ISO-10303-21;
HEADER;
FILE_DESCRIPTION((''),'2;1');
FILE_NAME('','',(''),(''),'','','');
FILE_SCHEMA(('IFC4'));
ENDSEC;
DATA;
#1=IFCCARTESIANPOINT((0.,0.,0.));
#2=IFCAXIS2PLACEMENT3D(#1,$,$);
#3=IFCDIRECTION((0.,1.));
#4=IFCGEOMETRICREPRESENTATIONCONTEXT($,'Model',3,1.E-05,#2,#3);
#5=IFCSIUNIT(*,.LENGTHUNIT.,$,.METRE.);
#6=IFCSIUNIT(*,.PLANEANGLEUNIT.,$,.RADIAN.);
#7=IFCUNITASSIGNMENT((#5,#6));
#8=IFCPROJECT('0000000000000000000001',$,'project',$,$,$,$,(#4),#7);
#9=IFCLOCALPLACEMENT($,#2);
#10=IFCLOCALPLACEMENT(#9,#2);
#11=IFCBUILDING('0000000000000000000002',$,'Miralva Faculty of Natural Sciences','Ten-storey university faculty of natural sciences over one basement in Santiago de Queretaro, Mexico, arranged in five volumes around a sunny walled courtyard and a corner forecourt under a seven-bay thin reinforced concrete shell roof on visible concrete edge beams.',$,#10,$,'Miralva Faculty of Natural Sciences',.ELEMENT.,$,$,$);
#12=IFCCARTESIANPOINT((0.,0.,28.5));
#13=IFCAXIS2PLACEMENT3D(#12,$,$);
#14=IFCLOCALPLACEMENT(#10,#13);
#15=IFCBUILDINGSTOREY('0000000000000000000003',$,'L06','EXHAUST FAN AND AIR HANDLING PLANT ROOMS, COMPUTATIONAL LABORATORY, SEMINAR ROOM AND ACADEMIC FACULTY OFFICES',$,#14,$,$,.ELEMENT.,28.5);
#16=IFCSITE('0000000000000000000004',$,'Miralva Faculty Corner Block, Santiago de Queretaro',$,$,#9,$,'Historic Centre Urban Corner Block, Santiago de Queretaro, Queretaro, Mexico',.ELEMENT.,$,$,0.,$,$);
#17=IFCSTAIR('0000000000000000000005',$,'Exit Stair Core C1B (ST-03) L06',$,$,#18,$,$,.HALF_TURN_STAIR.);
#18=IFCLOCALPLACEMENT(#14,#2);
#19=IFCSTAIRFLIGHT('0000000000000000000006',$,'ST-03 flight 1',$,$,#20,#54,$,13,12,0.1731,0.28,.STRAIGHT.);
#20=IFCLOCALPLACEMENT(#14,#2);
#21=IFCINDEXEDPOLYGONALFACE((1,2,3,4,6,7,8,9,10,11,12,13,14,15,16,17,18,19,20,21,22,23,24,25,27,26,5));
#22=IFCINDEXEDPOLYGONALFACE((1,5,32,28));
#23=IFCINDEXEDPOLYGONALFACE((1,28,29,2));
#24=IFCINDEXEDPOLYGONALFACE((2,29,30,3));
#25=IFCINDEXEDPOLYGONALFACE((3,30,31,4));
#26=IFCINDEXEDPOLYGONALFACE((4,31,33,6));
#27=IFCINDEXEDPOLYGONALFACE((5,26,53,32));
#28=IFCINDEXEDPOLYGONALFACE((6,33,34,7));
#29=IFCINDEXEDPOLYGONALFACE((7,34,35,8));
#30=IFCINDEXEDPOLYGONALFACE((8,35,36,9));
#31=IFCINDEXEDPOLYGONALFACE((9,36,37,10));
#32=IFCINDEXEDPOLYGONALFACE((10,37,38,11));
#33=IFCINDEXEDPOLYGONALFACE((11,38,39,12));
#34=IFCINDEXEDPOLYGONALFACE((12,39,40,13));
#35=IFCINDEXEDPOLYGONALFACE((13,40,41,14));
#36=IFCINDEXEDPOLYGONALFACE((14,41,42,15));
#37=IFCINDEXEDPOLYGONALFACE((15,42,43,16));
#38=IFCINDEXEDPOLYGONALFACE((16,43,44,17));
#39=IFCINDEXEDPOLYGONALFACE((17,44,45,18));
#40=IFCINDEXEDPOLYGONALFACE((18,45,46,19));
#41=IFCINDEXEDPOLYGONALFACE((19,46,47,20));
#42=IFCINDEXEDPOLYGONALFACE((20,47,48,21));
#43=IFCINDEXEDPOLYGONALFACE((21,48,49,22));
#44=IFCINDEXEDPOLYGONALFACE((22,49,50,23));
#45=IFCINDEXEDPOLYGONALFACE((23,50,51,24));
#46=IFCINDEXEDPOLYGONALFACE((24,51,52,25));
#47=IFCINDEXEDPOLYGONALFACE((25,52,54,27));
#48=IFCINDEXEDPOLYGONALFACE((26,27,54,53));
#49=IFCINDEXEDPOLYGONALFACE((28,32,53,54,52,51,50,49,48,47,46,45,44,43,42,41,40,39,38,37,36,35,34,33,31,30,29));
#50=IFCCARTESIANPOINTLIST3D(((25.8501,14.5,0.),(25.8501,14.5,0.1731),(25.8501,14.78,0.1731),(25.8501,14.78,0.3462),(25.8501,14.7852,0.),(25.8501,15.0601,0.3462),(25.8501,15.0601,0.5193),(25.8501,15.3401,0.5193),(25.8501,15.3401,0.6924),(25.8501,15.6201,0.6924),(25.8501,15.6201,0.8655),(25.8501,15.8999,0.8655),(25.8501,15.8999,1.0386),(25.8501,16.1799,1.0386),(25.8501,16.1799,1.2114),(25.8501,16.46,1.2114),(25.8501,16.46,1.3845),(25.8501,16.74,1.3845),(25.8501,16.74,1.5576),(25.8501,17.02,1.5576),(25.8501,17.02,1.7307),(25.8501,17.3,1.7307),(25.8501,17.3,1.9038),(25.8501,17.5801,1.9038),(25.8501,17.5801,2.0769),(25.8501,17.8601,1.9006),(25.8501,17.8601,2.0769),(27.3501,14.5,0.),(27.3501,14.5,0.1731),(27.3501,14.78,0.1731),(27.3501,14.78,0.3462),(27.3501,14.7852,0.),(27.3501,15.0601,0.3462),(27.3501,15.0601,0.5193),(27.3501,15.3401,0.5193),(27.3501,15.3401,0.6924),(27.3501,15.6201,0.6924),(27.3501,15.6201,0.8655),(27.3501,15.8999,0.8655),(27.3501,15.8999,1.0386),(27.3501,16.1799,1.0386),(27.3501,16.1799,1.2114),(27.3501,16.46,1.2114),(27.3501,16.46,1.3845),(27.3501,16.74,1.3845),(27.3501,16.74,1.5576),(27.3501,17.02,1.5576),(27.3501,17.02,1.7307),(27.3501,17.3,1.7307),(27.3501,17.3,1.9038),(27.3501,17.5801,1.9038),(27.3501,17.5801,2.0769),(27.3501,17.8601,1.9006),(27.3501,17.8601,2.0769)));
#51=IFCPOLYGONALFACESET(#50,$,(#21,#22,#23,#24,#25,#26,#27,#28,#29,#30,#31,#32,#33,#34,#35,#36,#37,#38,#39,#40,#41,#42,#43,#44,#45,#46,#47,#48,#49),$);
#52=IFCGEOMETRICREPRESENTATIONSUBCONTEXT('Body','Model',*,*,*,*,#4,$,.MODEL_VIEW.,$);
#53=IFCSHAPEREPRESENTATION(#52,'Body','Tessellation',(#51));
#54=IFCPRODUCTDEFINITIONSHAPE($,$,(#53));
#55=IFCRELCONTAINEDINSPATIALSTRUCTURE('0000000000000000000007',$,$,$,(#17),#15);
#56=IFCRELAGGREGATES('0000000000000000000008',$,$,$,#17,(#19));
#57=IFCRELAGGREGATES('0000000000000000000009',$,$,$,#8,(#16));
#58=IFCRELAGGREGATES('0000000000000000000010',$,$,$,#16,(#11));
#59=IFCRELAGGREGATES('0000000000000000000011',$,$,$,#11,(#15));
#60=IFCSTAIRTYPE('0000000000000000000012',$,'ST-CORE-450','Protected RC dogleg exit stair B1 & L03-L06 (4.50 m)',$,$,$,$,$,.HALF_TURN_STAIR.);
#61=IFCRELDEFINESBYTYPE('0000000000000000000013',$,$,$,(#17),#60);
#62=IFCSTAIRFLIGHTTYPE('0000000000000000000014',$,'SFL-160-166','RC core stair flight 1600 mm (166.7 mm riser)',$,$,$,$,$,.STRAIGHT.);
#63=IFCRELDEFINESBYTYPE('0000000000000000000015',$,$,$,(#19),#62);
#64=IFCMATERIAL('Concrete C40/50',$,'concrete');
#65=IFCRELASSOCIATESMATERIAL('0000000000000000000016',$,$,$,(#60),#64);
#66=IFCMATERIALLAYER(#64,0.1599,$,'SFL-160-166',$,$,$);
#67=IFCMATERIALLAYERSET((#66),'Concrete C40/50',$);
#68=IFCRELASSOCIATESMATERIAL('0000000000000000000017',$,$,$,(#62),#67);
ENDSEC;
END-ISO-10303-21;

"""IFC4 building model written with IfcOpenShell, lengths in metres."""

from ifc_helpers import new_model, si_unit, direction, frame, origin, place, context, subcontext, project, spatial, polyline, outline, extrude, material, layer, layer_set, type_object, element, aggregate, save


model = new_model("IFC4")

# Units and contexts
model_context = context("Model", 3, precision=1e-05, world=origin(), true_north=direction((0.0, 1.0)))
body_context = subcontext(model_context, "Body", "Model", "MODEL_VIEW")
ifc_project = project(units=[si_unit("LENGTHUNIT", "METRE"), si_unit("PLANEANGLEUNIT", "RADIAN")], contexts=[model_context])

# Site, building, storey
site_placement = place(None, origin())
site = spatial("IfcSite", under=ifc_project, at=site_placement, Name="Miralva Faculty Corner Block, Santiago de Queretaro", LongName="Historic Centre Urban Corner Block, Santiago de Queretaro, Queretaro, Mexico", CompositionType="ELEMENT", RefElevation=0.0)
building_placement = place(site_placement, origin())
building = spatial("IfcBuilding", under=site, at=building_placement, Name="Miralva Faculty of Natural Sciences", Description="Ten-storey university faculty of natural sciences over one basement in Santiago de Queretaro, Mexico, arranged in five volumes around a sunny walled courtyard and a corner forecourt under a seven-bay thin reinforced concrete shell roof on visible concrete edge beams.", LongName="Miralva Faculty of Natural Sciences", CompositionType="ELEMENT")
storey_placement = place(building_placement, frame((0.0, 0.0, 28.5)))
storey = spatial("IfcBuildingStorey", under=building, at=storey_placement, Name="L06", Description="EXHAUST FAN AND AIR HANDLING PLANT ROOMS, COMPUTATIONAL LABORATORY, SEMINAR ROOM AND ACADEMIC FACULTY OFFICES", CompositionType="ELEMENT", Elevation=28.5)

# Stair, stair flight
ifc_material_1 = material(Name="Concrete C40/50", Category="concrete")
stair_type = type_object("IfcStairType", Name="ST-CORE-450", Description="Protected RC dogleg exit stair B1 & L03-L06 (4.50 m)", PredefinedType="HALF_TURN_STAIR", material=ifc_material_1)
stair_placement = place(storey_placement, origin())
stair = element("IfcStair", 1, at=stair_placement, inside=storey, type_object=stair_type, Name="Exit Stair Core C1B (ST-03) L06", PredefinedType="HALF_TURN_STAIR")
ifc_layer_1 = layer(ifc_material_1, 0.1599, Name="SFL-160-166")
ifc_layer_set_1 = layer_set([ifc_layer_1], Name="Concrete C40/50")
stair_flight_type = type_object("IfcStairFlightType", Name="SFL-160-166", Description="RC core stair flight 1600 mm (166.7 mm riser)", PredefinedType="STRAIGHT", material=ifc_layer_set_1)
stair_flight_placement = place(storey_placement, frame((26.6001, 14.5, 0.0), z_axis=(0.0, 0.0, 1.0), x_axis=(0.0, 1.0, 0.0)))
stair_flight = element("IfcStairFlight", 2, at=stair_flight_placement, type_object=stair_flight_type, Name="ST-03 flight 1", NumberOfRisers=13, NumberOfTreads=12, PredefinedType="STRAIGHT", RiserHeight=0.1731, TreadLength=0.28, context=body_context, shape_type="SweptSolid", body=[
    extrude(outline(polyline([(0.0, 0.0), (0.0, 0.1731), (0.28, 0.1731), (0.28, 0.3462), (0.5601, 0.3462), (0.5601, 0.5193), (0.8401, 0.5193), (0.8401, 0.6924), (1.1201, 0.6924), (1.1201, 0.8655), (1.3999, 0.8655), (1.3999, 1.0386), (1.6799, 1.0386), (1.6799, 1.2114), (1.96, 1.2114), (1.96, 1.3845), (2.24, 1.3845), (2.24, 1.5576), (2.52, 1.5576), (2.52, 1.7307), (2.8, 1.7307), (2.8, 1.9038), (3.0801, 1.9038), (3.0801, 2.0769), (3.3601, 2.0769), (3.3601, 2.25), (3.3601, 1.9006), (0.2852, 0.0), (0.0, 0.0)])), frame((0.0, 0.75, 0.0), z_axis=(0.0, -1.0, 0.0), x_axis=(1.0, 0.0, 0.0)), (0.0, 0.0, 1.0), 1.5),
])
aggregate(stair, [stair_flight])

save(model, "model.ifc")
